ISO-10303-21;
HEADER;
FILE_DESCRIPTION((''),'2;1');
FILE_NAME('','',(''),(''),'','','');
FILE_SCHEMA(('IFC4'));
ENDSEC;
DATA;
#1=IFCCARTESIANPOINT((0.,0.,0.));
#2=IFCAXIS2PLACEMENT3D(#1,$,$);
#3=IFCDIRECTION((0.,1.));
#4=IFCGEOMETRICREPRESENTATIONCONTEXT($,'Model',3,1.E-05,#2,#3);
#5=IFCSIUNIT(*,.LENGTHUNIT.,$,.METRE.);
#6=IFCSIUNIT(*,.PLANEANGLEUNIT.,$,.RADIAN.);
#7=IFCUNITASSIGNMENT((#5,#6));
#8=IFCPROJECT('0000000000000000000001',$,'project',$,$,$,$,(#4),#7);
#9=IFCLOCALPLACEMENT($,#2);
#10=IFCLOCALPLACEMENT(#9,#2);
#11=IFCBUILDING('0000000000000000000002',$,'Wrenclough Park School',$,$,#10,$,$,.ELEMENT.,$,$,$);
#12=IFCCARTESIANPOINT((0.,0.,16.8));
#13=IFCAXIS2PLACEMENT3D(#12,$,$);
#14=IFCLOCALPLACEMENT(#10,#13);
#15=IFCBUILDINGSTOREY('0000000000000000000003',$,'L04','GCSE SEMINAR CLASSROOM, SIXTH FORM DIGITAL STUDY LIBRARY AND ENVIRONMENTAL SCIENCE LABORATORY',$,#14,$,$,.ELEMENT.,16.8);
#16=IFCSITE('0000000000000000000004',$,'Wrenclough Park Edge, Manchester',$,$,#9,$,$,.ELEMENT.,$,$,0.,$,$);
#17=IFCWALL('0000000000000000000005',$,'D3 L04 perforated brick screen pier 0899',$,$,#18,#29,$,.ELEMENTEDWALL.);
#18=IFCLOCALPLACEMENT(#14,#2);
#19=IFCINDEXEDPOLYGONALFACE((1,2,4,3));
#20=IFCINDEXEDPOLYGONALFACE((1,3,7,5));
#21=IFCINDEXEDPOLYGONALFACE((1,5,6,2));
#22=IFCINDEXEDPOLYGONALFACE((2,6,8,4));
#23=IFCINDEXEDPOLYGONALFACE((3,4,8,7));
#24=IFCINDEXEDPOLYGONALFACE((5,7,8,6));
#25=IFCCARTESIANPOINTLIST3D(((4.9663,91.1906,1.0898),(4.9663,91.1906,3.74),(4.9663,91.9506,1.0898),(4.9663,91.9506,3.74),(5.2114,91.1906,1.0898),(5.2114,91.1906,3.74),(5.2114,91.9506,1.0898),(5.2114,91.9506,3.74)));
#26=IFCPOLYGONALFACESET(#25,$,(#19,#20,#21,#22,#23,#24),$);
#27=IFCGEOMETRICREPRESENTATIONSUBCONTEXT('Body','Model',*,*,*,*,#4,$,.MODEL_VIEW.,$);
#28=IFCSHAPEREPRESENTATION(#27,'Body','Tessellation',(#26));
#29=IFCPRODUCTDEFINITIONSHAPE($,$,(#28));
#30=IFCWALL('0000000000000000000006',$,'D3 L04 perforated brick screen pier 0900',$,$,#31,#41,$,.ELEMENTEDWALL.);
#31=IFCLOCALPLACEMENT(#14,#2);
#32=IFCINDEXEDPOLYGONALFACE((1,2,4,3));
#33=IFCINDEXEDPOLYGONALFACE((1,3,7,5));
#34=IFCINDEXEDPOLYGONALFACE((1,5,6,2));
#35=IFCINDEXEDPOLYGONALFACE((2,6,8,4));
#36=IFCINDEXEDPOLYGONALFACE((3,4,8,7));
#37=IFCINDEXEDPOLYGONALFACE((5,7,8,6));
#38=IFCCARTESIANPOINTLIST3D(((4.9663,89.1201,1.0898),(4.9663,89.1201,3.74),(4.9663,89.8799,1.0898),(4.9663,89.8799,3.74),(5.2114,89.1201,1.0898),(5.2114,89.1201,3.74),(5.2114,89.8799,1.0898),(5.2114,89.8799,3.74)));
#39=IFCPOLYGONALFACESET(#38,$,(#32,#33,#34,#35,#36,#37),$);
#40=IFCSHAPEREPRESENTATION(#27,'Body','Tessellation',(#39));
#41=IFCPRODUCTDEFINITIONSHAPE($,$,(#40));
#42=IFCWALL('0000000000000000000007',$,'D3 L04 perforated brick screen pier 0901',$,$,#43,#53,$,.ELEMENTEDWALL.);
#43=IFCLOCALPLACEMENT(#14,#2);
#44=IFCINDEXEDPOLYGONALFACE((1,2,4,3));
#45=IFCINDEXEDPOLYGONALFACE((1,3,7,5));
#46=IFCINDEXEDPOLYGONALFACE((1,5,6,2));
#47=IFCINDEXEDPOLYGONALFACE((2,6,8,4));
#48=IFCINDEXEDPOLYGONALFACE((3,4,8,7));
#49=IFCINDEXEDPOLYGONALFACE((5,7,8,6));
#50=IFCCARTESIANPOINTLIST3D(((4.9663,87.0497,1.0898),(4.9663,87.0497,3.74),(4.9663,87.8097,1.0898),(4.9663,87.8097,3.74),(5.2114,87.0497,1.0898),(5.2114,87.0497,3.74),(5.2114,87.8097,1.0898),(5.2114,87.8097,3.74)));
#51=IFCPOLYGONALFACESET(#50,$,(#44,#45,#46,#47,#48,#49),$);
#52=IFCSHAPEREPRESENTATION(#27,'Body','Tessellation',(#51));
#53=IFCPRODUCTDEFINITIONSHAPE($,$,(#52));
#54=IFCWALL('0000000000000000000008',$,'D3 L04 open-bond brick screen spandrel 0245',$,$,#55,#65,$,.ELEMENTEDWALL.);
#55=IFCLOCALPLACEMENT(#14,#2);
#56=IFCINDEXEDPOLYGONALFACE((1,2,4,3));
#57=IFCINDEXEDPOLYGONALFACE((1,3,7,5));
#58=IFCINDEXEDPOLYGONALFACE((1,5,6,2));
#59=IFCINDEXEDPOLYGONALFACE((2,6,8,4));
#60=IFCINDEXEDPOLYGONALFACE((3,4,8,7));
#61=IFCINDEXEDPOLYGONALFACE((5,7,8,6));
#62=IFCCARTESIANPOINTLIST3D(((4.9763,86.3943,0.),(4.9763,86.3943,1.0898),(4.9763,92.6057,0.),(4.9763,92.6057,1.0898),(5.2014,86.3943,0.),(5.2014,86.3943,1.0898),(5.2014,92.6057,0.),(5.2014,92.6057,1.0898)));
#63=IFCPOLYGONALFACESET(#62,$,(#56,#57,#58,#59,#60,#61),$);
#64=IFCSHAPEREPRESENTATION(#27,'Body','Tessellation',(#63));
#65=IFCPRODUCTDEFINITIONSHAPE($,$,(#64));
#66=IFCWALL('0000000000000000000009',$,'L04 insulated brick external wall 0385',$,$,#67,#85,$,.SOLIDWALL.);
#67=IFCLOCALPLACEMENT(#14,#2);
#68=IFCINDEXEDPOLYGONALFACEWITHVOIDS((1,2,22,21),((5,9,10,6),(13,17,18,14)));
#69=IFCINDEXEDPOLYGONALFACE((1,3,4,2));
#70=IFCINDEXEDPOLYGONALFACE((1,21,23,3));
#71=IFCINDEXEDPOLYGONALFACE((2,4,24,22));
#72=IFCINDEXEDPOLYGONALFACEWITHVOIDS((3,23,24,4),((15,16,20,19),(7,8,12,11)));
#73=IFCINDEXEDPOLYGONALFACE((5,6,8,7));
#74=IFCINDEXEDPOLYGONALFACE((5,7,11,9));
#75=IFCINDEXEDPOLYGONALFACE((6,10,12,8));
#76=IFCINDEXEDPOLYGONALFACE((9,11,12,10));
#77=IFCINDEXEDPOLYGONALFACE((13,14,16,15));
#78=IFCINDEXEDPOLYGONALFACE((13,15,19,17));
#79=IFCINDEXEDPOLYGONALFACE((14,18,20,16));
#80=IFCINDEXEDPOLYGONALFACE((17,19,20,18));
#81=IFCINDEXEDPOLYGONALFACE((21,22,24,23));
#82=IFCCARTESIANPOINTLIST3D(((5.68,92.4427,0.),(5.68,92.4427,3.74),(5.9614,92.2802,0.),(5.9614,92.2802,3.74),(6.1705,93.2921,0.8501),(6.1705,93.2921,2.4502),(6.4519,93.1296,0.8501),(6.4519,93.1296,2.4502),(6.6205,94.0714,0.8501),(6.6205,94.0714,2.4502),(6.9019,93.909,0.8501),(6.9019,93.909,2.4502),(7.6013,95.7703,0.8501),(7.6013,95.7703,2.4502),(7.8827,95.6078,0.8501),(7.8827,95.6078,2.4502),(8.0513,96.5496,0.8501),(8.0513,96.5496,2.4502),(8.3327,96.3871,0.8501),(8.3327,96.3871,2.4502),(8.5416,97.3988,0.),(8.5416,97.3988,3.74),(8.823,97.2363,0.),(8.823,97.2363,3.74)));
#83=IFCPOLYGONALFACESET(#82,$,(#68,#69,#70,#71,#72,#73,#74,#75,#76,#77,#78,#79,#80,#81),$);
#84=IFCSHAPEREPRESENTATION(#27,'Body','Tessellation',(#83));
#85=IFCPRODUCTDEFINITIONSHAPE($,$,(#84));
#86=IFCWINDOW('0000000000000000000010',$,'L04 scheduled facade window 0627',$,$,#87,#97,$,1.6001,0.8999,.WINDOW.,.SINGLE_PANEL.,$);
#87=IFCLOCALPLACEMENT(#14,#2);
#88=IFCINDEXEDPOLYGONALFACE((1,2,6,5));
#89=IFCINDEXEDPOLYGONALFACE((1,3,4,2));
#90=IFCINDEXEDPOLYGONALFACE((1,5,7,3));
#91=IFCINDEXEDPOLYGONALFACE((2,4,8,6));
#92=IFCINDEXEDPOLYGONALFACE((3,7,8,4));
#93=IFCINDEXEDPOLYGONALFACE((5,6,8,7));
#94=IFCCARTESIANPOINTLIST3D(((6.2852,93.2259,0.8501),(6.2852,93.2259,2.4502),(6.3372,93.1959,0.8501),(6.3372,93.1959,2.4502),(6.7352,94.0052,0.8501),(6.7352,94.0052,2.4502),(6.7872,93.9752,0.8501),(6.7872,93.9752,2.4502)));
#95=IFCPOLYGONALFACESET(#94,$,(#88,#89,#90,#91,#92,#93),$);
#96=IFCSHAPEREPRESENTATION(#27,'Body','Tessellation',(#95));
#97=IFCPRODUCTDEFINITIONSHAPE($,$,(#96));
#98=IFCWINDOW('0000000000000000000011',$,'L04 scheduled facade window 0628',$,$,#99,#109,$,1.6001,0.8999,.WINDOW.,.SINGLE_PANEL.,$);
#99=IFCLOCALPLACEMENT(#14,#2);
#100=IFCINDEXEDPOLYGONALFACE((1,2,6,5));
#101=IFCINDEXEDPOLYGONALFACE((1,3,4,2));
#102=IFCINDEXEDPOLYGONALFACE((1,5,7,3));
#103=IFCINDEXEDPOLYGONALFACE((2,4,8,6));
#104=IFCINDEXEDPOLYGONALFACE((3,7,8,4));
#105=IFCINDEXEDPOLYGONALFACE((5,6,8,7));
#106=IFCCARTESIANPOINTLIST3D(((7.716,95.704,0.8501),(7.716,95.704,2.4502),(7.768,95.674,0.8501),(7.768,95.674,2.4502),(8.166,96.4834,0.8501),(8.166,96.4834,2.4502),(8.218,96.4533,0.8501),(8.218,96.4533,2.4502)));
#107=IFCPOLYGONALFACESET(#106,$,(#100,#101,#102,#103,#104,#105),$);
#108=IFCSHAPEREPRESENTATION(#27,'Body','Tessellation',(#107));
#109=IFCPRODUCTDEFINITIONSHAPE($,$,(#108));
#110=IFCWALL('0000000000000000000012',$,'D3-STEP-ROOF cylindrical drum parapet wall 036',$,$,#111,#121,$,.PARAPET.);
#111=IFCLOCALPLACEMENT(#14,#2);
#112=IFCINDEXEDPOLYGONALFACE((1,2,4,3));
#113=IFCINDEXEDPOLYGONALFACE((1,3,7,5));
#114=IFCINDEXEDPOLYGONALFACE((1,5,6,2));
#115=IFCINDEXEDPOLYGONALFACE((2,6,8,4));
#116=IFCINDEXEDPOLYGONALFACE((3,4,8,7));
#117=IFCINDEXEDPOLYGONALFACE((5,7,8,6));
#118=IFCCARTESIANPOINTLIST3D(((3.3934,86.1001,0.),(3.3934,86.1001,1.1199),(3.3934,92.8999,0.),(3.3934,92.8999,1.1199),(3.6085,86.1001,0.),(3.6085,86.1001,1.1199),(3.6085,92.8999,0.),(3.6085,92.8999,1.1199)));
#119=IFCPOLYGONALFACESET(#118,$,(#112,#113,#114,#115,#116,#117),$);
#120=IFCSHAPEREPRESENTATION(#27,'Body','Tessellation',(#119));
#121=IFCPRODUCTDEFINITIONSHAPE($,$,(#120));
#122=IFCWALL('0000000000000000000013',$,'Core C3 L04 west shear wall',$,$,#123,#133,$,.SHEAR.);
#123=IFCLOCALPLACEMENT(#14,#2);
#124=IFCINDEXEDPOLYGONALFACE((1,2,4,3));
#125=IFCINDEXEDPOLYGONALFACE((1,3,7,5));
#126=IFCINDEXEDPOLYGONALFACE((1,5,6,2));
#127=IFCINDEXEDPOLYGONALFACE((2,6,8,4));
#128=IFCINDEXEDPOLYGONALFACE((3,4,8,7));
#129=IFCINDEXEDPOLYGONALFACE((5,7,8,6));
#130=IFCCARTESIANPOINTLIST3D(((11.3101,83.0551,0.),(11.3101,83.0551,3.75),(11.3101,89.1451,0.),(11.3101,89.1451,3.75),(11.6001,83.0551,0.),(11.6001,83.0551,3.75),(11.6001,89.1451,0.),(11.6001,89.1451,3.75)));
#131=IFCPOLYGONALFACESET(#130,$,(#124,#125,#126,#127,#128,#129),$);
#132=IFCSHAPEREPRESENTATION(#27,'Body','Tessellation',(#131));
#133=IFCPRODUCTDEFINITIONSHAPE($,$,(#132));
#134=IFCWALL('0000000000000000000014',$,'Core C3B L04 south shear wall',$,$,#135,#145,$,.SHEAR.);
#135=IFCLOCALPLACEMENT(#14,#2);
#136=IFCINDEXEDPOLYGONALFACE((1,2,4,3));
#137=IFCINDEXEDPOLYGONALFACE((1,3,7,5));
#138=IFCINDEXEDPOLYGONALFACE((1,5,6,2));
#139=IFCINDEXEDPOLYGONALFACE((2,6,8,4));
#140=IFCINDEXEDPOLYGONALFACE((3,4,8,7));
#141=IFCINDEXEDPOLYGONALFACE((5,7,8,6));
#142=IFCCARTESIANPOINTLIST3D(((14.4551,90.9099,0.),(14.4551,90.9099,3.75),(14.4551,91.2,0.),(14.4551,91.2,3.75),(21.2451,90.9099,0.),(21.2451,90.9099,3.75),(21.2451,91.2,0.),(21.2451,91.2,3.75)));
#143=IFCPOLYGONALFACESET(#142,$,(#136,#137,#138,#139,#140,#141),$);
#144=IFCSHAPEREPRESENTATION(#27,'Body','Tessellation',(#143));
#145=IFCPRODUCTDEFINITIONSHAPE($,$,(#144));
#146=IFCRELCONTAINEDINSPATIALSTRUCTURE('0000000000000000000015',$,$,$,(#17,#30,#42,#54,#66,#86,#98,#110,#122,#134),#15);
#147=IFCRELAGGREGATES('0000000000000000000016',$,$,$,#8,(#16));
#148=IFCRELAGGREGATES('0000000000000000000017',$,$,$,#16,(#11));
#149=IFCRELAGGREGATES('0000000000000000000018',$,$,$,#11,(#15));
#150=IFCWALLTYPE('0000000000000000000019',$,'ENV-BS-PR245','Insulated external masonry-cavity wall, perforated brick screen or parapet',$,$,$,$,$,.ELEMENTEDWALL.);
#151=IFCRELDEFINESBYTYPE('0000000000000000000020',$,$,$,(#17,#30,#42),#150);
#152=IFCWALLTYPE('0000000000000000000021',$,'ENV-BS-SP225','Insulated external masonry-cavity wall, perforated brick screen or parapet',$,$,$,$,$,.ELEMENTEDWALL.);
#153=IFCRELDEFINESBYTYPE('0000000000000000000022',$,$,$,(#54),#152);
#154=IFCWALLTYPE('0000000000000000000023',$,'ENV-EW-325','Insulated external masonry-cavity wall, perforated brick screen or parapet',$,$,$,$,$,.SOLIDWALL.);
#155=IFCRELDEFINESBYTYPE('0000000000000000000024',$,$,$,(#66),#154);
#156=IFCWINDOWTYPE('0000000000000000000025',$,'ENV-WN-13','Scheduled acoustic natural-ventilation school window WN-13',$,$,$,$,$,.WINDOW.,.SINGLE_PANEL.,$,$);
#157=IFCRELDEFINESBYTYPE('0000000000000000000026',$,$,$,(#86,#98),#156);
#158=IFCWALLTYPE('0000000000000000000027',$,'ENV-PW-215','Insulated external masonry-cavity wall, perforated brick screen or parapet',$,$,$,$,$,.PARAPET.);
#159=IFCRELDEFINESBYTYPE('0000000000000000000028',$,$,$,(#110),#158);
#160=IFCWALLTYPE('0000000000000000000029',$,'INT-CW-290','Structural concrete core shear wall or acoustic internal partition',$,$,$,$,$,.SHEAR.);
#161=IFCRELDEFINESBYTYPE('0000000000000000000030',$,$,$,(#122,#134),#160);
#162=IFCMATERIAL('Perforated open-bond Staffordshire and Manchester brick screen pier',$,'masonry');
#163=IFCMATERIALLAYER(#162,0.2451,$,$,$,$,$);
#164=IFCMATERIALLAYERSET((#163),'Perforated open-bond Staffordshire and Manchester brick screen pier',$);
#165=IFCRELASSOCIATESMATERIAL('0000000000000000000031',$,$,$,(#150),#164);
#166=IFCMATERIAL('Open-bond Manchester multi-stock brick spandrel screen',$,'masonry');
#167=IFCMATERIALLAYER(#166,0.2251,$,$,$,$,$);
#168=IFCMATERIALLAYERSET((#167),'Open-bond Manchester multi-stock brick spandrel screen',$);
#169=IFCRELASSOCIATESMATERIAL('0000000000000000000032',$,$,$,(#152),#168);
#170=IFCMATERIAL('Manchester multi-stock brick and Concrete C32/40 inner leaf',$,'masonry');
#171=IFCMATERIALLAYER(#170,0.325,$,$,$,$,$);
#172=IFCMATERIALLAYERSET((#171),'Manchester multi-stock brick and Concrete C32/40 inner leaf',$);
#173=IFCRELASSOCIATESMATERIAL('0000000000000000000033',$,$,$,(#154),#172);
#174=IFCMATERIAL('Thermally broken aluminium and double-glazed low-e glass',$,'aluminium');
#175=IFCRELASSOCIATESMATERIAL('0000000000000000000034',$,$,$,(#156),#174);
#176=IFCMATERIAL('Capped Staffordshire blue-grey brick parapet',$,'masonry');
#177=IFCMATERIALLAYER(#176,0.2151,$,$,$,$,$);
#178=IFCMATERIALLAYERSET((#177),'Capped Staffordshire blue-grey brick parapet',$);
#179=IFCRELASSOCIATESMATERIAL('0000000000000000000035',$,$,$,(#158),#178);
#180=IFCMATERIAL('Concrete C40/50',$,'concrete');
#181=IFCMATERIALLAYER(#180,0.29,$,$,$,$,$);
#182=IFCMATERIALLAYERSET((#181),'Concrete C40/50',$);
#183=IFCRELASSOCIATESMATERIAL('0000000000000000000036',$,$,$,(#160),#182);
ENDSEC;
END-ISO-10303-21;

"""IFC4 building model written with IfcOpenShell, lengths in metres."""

from ifc_helpers import new_model, si_unit, direction, frame, frame_2d, origin, place, context, subcontext, project, spatial, rectangle, extrude, material, layer, layer_set, type_object, element, fill, save


model = new_model("IFC4")

# Units and contexts
model_context = context("Model", 3, precision=1e-05, world=origin(), true_north=direction((0.0, 1.0)))
body_context = subcontext(model_context, "Body", "Model", "MODEL_VIEW")
ifc_project = project(units=[si_unit("LENGTHUNIT", "METRE"), si_unit("PLANEANGLEUNIT", "RADIAN")], contexts=[model_context])

# Site, building, storey
site_placement = place(None, origin())
site = spatial("IfcSite", under=ifc_project, at=site_placement, Name="Wrenclough Park Edge, Manchester", CompositionType="ELEMENT", RefElevation=0.0)
building_placement = place(site_placement, origin())
building = spatial("IfcBuilding", under=site, at=building_placement, Name="Wrenclough Park School", CompositionType="ELEMENT")
storey_placement = place(building_placement, frame((0.0, 0.0, 16.8)))
storey = spatial("IfcBuildingStorey", under=building, at=storey_placement, Name="L04", Description="GCSE SEMINAR CLASSROOM, SIXTH FORM DIGITAL STUDY LIBRARY AND ENVIRONMENTAL SCIENCE LABORATORY", CompositionType="ELEMENT", Elevation=16.8)

# Walls
ifc_material_1 = material(Name="Perforated open-bond Staffordshire and Manchester brick screen pier", Category="masonry")
ifc_layer_1 = layer(ifc_material_1, 0.2451)
ifc_layer_set_1 = layer_set([ifc_layer_1], Name="Perforated open-bond Staffordshire and Manchester brick screen pier")
wall_type_1 = type_object("IfcWallType", Name="ENV-BS-PR245", Description="Insulated external masonry-cavity wall, perforated brick screen or parapet", PredefinedType="ELEMENTEDWALL", material=ifc_layer_set_1)
for number, where, z_axis, x_axis, name in (
    (1, (5.0889, 91.9504, 1.0898), (0.0, 0.0, 1.0), (0.0, -1.0, 0.0), "D3 L04 perforated brick screen pier 0899"),
):
    element("IfcWall", number, at=place(storey_placement, frame(where, z_axis=z_axis, x_axis=x_axis)), inside=storey, type_object=wall_type_1, Name=name, PredefinedType="ELEMENTEDWALL", context=body_context, shape_type="SweptSolid", body=[
        extrude(rectangle(XDim=0.76, YDim=0.2451, at=frame_2d((0.3799, 0.0))), origin(), (0.0, 0.0, 1.0), 2.6501),
    ])
wall_1_placement = place(storey_placement, frame((5.0889, 89.8799, 1.0898), z_axis=(0.0, 0.0, 1.0), x_axis=(0.0, -1.0, 0.0)))
element("IfcWall", 2, at=wall_1_placement, inside=storey, type_object=wall_type_1, Name="D3 L04 perforated brick screen pier 0900", PredefinedType="ELEMENTEDWALL", context=body_context, shape_type="SweptSolid", body=[
    extrude(rectangle(XDim=0.7598, YDim=0.2451, at=frame_2d((0.3799, 0.0))), origin(), (0.0, 0.0, 1.0), 2.6501),
])
wall_2_placement = place(storey_placement, frame((5.0889, 87.8096, 1.0898), z_axis=(0.0, 0.0, 1.0), x_axis=(0.0, -1.0, 0.0)))
element("IfcWall", 3, at=wall_2_placement, inside=storey, type_object=wall_type_1, Name="D3 L04 perforated brick screen pier 0901", PredefinedType="ELEMENTEDWALL", context=body_context, shape_type="SweptSolid", body=[
    extrude(rectangle(XDim=0.76, YDim=0.2451, at=frame_2d((0.3799, 0.0))), origin(), (0.0, 0.0, 1.0), 2.6501),
])
ifc_material_2 = material(Name="Open-bond Manchester multi-stock brick spandrel screen", Category="masonry")
ifc_layer_2 = layer(ifc_material_2, 0.2251)
ifc_layer_set_2 = layer_set([ifc_layer_2], Name="Open-bond Manchester multi-stock brick spandrel screen")
wall_type_2 = type_object("IfcWallType", Name="ENV-BS-SP225", Description="Insulated external masonry-cavity wall, perforated brick screen or parapet", PredefinedType="ELEMENTEDWALL", material=ifc_layer_set_2)
wall_3_placement = place(storey_placement, frame((5.0889, 92.6057, 0.0), z_axis=(0.0, 0.0, 1.0), x_axis=(0.0, -1.0, 0.0)))
element("IfcWall", 4, at=wall_3_placement, inside=storey, type_object=wall_type_2, Name="D3 L04 open-bond brick screen spandrel 0245", PredefinedType="ELEMENTEDWALL", context=body_context, shape_type="SweptSolid", body=[
    extrude(rectangle(XDim=6.2114, YDim=0.2251, at=frame_2d((3.1057, 0.0))), origin(), (0.0, 0.0, 1.0), 1.0898),
])

# Wall, openings, windows
ifc_material_3 = material(Name="Manchester multi-stock brick and Concrete C32/40 inner leaf", Category="masonry")
ifc_layer_3 = layer(ifc_material_3, 0.325)
ifc_layer_set_3 = layer_set([ifc_layer_3], Name="Manchester multi-stock brick and Concrete C32/40 inner leaf")
wall_type_3 = type_object("IfcWallType", Name="ENV-EW-325", Description="Insulated external masonry-cavity wall, perforated brick screen or parapet", PredefinedType="SOLIDWALL", material=ifc_layer_set_3)
wall_4_placement = place(storey_placement, frame((5.8208, 92.3616, 0.0), z_axis=(0.0, 0.0, 1.0), x_axis=(0.500025, 0.866011, 0.0)))
wall_4 = element("IfcWall", 5, at=wall_4_placement, inside=storey, type_object=wall_type_3, Name="L04 insulated brick external wall 0385", PredefinedType="SOLIDWALL", context=body_context, shape_type="SweptSolid", body=[
    extrude(rectangle(XDim=5.7229, YDim=0.325, at=frame_2d((2.8613, 0.0))), origin(), (0.0, 0.0, 1.0), 3.74),
])
opening_1_placement = place(wall_4_placement, frame((0.9807, 0.0, 0.8501)))
opening_1 = element("IfcOpeningElement", 6, at=opening_1_placement, cuts=wall_4, PredefinedType="OPENING", context=body_context, shape_type="SweptSolid", body=[
    extrude(rectangle(XDim=0.8999, YDim=1.6001, at=frame_2d((0.45, 0.8))), frame((0.0, 0.1724, 0.0), z_axis=(0.0, -1.0, 0.0), x_axis=(1.0, 0.0, 0.0)), (0.0, 0.0, 1.0), 0.345),
])
opening_2_placement = place(wall_4_placement, frame((3.8423, 0.0, 0.8501)))
opening_2 = element("IfcOpeningElement", 7, at=opening_2_placement, cuts=wall_4, PredefinedType="OPENING", context=body_context, shape_type="SweptSolid", body=[
    extrude(rectangle(XDim=0.8999, YDim=1.6001, at=frame_2d((0.45, 0.8))), frame((0.0, 0.1724, 0.0), z_axis=(0.0, -1.0, 0.0), x_axis=(1.0, 0.0, 0.0)), (0.0, 0.0, 1.0), 0.345),
])
ifc_material_4 = material(Name="Thermally broken aluminium and double-glazed low-e glass", Category="aluminium")
window_type = type_object("IfcWindowType", Name="ENV-WN-13", Description="Scheduled acoustic natural-ventilation school window WN-13", PartitioningType="SINGLE_PANEL", PredefinedType="WINDOW", material=ifc_material_4)
window_1_placement = place(opening_1_placement, origin())
window_1 = element("IfcWindow", 8, at=window_1_placement, inside=storey, type_object=window_type, Name="L04 scheduled facade window 0627", OverallHeight=1.6001, OverallWidth=0.8999, PartitioningType="SINGLE_PANEL", PredefinedType="WINDOW", context=body_context, shape_type="SweptSolid", body=[
    extrude(rectangle(XDim=0.8999, YDim=1.6001, at=frame_2d((0.45, 0.8))), frame((0.0, 0.03, 0.0), z_axis=(0.0, -1.0, 0.0), x_axis=(1.0, 0.0, 0.0)), (0.0, 0.0, 1.0), 0.0601),
])
fill(opening_1, window_1)
window_2_placement = place(opening_2_placement, origin())
window_2 = element("IfcWindow", 9, at=window_2_placement, inside=storey, type_object=window_type, Name="L04 scheduled facade window 0628", OverallHeight=1.6001, OverallWidth=0.8999, PartitioningType="SINGLE_PANEL", PredefinedType="WINDOW", context=body_context, shape_type="SweptSolid", body=[
    extrude(rectangle(XDim=0.8999, YDim=1.6001, at=frame_2d((0.45, 0.8))), frame((0.0, 0.03, 0.0), z_axis=(0.0, -1.0, 0.0), x_axis=(1.0, 0.0, 0.0)), (0.0, 0.0, 1.0), 0.0601),
])
fill(opening_2, window_2)

# Wall
ifc_material_5 = material(Name="Capped Staffordshire blue-grey brick parapet", Category="masonry")
ifc_layer_4 = layer(ifc_material_5, 0.2151)
ifc_layer_set_4 = layer_set([ifc_layer_4], Name="Capped Staffordshire blue-grey brick parapet")
wall_type_4 = type_object("IfcWallType", Name="ENV-PW-215", Description="Insulated external masonry-cavity wall, perforated brick screen or parapet", PredefinedType="PARAPET", material=ifc_layer_set_4)
wall_5_placement = place(storey_placement, frame((3.501, 92.8999, 0.0), z_axis=(0.0, 0.0, 1.0), x_axis=(0.0, -1.0, 0.0)))
element("IfcWall", 10, at=wall_5_placement, inside=storey, type_object=wall_type_4, Name="D3-STEP-ROOF cylindrical drum parapet wall 036", PredefinedType="PARAPET", context=body_context, shape_type="SweptSolid", body=[
    extrude(rectangle(XDim=6.7998, YDim=0.2151, at=frame_2d((3.3999, 0.0))), origin(), (0.0, 0.0, 1.0), 1.1199),
])

# Walls
ifc_material_6 = material(Name="Concrete C40/50", Category="concrete")
ifc_layer_5 = layer(ifc_material_6, 0.29)
ifc_layer_set_5 = layer_set([ifc_layer_5], Name="Concrete C40/50")
wall_type_5 = type_object("IfcWallType", Name="INT-CW-290", Description="Structural concrete core shear wall or acoustic internal partition", PredefinedType="SHEAR", material=ifc_layer_set_5)
wall_6_placement = place(storey_placement, frame((11.4551, 89.145, 0.0), z_axis=(0.0, 0.0, 1.0), x_axis=(0.0, -1.0, 0.0)))
element("IfcWall", 11, at=wall_6_placement, inside=storey, type_object=wall_type_5, Name="Core C3 L04 west shear wall", PredefinedType="SHEAR", context=body_context, shape_type="SweptSolid", body=[
    extrude(rectangle(XDim=6.0901, YDim=0.29, at=frame_2d((3.0449, 0.0))), origin(), (0.0, 0.0, 1.0), 3.75),
])
wall_7_placement = place(storey_placement, frame((14.4551, 91.0549, 0.0), z_axis=(0.0, 0.0, 1.0), x_axis=(1.0, 0.0, 0.0)))
element("IfcWall", 12, at=wall_7_placement, inside=storey, type_object=wall_type_5, Name="Core C3B L04 south shear wall", PredefinedType="SHEAR", context=body_context, shape_type="SweptSolid", body=[
    extrude(rectangle(XDim=6.79, YDim=0.29, at=frame_2d((3.395, 0.0))), origin(), (0.0, 0.0, 1.0), 3.75),
])

save(model, "model.ifc")
